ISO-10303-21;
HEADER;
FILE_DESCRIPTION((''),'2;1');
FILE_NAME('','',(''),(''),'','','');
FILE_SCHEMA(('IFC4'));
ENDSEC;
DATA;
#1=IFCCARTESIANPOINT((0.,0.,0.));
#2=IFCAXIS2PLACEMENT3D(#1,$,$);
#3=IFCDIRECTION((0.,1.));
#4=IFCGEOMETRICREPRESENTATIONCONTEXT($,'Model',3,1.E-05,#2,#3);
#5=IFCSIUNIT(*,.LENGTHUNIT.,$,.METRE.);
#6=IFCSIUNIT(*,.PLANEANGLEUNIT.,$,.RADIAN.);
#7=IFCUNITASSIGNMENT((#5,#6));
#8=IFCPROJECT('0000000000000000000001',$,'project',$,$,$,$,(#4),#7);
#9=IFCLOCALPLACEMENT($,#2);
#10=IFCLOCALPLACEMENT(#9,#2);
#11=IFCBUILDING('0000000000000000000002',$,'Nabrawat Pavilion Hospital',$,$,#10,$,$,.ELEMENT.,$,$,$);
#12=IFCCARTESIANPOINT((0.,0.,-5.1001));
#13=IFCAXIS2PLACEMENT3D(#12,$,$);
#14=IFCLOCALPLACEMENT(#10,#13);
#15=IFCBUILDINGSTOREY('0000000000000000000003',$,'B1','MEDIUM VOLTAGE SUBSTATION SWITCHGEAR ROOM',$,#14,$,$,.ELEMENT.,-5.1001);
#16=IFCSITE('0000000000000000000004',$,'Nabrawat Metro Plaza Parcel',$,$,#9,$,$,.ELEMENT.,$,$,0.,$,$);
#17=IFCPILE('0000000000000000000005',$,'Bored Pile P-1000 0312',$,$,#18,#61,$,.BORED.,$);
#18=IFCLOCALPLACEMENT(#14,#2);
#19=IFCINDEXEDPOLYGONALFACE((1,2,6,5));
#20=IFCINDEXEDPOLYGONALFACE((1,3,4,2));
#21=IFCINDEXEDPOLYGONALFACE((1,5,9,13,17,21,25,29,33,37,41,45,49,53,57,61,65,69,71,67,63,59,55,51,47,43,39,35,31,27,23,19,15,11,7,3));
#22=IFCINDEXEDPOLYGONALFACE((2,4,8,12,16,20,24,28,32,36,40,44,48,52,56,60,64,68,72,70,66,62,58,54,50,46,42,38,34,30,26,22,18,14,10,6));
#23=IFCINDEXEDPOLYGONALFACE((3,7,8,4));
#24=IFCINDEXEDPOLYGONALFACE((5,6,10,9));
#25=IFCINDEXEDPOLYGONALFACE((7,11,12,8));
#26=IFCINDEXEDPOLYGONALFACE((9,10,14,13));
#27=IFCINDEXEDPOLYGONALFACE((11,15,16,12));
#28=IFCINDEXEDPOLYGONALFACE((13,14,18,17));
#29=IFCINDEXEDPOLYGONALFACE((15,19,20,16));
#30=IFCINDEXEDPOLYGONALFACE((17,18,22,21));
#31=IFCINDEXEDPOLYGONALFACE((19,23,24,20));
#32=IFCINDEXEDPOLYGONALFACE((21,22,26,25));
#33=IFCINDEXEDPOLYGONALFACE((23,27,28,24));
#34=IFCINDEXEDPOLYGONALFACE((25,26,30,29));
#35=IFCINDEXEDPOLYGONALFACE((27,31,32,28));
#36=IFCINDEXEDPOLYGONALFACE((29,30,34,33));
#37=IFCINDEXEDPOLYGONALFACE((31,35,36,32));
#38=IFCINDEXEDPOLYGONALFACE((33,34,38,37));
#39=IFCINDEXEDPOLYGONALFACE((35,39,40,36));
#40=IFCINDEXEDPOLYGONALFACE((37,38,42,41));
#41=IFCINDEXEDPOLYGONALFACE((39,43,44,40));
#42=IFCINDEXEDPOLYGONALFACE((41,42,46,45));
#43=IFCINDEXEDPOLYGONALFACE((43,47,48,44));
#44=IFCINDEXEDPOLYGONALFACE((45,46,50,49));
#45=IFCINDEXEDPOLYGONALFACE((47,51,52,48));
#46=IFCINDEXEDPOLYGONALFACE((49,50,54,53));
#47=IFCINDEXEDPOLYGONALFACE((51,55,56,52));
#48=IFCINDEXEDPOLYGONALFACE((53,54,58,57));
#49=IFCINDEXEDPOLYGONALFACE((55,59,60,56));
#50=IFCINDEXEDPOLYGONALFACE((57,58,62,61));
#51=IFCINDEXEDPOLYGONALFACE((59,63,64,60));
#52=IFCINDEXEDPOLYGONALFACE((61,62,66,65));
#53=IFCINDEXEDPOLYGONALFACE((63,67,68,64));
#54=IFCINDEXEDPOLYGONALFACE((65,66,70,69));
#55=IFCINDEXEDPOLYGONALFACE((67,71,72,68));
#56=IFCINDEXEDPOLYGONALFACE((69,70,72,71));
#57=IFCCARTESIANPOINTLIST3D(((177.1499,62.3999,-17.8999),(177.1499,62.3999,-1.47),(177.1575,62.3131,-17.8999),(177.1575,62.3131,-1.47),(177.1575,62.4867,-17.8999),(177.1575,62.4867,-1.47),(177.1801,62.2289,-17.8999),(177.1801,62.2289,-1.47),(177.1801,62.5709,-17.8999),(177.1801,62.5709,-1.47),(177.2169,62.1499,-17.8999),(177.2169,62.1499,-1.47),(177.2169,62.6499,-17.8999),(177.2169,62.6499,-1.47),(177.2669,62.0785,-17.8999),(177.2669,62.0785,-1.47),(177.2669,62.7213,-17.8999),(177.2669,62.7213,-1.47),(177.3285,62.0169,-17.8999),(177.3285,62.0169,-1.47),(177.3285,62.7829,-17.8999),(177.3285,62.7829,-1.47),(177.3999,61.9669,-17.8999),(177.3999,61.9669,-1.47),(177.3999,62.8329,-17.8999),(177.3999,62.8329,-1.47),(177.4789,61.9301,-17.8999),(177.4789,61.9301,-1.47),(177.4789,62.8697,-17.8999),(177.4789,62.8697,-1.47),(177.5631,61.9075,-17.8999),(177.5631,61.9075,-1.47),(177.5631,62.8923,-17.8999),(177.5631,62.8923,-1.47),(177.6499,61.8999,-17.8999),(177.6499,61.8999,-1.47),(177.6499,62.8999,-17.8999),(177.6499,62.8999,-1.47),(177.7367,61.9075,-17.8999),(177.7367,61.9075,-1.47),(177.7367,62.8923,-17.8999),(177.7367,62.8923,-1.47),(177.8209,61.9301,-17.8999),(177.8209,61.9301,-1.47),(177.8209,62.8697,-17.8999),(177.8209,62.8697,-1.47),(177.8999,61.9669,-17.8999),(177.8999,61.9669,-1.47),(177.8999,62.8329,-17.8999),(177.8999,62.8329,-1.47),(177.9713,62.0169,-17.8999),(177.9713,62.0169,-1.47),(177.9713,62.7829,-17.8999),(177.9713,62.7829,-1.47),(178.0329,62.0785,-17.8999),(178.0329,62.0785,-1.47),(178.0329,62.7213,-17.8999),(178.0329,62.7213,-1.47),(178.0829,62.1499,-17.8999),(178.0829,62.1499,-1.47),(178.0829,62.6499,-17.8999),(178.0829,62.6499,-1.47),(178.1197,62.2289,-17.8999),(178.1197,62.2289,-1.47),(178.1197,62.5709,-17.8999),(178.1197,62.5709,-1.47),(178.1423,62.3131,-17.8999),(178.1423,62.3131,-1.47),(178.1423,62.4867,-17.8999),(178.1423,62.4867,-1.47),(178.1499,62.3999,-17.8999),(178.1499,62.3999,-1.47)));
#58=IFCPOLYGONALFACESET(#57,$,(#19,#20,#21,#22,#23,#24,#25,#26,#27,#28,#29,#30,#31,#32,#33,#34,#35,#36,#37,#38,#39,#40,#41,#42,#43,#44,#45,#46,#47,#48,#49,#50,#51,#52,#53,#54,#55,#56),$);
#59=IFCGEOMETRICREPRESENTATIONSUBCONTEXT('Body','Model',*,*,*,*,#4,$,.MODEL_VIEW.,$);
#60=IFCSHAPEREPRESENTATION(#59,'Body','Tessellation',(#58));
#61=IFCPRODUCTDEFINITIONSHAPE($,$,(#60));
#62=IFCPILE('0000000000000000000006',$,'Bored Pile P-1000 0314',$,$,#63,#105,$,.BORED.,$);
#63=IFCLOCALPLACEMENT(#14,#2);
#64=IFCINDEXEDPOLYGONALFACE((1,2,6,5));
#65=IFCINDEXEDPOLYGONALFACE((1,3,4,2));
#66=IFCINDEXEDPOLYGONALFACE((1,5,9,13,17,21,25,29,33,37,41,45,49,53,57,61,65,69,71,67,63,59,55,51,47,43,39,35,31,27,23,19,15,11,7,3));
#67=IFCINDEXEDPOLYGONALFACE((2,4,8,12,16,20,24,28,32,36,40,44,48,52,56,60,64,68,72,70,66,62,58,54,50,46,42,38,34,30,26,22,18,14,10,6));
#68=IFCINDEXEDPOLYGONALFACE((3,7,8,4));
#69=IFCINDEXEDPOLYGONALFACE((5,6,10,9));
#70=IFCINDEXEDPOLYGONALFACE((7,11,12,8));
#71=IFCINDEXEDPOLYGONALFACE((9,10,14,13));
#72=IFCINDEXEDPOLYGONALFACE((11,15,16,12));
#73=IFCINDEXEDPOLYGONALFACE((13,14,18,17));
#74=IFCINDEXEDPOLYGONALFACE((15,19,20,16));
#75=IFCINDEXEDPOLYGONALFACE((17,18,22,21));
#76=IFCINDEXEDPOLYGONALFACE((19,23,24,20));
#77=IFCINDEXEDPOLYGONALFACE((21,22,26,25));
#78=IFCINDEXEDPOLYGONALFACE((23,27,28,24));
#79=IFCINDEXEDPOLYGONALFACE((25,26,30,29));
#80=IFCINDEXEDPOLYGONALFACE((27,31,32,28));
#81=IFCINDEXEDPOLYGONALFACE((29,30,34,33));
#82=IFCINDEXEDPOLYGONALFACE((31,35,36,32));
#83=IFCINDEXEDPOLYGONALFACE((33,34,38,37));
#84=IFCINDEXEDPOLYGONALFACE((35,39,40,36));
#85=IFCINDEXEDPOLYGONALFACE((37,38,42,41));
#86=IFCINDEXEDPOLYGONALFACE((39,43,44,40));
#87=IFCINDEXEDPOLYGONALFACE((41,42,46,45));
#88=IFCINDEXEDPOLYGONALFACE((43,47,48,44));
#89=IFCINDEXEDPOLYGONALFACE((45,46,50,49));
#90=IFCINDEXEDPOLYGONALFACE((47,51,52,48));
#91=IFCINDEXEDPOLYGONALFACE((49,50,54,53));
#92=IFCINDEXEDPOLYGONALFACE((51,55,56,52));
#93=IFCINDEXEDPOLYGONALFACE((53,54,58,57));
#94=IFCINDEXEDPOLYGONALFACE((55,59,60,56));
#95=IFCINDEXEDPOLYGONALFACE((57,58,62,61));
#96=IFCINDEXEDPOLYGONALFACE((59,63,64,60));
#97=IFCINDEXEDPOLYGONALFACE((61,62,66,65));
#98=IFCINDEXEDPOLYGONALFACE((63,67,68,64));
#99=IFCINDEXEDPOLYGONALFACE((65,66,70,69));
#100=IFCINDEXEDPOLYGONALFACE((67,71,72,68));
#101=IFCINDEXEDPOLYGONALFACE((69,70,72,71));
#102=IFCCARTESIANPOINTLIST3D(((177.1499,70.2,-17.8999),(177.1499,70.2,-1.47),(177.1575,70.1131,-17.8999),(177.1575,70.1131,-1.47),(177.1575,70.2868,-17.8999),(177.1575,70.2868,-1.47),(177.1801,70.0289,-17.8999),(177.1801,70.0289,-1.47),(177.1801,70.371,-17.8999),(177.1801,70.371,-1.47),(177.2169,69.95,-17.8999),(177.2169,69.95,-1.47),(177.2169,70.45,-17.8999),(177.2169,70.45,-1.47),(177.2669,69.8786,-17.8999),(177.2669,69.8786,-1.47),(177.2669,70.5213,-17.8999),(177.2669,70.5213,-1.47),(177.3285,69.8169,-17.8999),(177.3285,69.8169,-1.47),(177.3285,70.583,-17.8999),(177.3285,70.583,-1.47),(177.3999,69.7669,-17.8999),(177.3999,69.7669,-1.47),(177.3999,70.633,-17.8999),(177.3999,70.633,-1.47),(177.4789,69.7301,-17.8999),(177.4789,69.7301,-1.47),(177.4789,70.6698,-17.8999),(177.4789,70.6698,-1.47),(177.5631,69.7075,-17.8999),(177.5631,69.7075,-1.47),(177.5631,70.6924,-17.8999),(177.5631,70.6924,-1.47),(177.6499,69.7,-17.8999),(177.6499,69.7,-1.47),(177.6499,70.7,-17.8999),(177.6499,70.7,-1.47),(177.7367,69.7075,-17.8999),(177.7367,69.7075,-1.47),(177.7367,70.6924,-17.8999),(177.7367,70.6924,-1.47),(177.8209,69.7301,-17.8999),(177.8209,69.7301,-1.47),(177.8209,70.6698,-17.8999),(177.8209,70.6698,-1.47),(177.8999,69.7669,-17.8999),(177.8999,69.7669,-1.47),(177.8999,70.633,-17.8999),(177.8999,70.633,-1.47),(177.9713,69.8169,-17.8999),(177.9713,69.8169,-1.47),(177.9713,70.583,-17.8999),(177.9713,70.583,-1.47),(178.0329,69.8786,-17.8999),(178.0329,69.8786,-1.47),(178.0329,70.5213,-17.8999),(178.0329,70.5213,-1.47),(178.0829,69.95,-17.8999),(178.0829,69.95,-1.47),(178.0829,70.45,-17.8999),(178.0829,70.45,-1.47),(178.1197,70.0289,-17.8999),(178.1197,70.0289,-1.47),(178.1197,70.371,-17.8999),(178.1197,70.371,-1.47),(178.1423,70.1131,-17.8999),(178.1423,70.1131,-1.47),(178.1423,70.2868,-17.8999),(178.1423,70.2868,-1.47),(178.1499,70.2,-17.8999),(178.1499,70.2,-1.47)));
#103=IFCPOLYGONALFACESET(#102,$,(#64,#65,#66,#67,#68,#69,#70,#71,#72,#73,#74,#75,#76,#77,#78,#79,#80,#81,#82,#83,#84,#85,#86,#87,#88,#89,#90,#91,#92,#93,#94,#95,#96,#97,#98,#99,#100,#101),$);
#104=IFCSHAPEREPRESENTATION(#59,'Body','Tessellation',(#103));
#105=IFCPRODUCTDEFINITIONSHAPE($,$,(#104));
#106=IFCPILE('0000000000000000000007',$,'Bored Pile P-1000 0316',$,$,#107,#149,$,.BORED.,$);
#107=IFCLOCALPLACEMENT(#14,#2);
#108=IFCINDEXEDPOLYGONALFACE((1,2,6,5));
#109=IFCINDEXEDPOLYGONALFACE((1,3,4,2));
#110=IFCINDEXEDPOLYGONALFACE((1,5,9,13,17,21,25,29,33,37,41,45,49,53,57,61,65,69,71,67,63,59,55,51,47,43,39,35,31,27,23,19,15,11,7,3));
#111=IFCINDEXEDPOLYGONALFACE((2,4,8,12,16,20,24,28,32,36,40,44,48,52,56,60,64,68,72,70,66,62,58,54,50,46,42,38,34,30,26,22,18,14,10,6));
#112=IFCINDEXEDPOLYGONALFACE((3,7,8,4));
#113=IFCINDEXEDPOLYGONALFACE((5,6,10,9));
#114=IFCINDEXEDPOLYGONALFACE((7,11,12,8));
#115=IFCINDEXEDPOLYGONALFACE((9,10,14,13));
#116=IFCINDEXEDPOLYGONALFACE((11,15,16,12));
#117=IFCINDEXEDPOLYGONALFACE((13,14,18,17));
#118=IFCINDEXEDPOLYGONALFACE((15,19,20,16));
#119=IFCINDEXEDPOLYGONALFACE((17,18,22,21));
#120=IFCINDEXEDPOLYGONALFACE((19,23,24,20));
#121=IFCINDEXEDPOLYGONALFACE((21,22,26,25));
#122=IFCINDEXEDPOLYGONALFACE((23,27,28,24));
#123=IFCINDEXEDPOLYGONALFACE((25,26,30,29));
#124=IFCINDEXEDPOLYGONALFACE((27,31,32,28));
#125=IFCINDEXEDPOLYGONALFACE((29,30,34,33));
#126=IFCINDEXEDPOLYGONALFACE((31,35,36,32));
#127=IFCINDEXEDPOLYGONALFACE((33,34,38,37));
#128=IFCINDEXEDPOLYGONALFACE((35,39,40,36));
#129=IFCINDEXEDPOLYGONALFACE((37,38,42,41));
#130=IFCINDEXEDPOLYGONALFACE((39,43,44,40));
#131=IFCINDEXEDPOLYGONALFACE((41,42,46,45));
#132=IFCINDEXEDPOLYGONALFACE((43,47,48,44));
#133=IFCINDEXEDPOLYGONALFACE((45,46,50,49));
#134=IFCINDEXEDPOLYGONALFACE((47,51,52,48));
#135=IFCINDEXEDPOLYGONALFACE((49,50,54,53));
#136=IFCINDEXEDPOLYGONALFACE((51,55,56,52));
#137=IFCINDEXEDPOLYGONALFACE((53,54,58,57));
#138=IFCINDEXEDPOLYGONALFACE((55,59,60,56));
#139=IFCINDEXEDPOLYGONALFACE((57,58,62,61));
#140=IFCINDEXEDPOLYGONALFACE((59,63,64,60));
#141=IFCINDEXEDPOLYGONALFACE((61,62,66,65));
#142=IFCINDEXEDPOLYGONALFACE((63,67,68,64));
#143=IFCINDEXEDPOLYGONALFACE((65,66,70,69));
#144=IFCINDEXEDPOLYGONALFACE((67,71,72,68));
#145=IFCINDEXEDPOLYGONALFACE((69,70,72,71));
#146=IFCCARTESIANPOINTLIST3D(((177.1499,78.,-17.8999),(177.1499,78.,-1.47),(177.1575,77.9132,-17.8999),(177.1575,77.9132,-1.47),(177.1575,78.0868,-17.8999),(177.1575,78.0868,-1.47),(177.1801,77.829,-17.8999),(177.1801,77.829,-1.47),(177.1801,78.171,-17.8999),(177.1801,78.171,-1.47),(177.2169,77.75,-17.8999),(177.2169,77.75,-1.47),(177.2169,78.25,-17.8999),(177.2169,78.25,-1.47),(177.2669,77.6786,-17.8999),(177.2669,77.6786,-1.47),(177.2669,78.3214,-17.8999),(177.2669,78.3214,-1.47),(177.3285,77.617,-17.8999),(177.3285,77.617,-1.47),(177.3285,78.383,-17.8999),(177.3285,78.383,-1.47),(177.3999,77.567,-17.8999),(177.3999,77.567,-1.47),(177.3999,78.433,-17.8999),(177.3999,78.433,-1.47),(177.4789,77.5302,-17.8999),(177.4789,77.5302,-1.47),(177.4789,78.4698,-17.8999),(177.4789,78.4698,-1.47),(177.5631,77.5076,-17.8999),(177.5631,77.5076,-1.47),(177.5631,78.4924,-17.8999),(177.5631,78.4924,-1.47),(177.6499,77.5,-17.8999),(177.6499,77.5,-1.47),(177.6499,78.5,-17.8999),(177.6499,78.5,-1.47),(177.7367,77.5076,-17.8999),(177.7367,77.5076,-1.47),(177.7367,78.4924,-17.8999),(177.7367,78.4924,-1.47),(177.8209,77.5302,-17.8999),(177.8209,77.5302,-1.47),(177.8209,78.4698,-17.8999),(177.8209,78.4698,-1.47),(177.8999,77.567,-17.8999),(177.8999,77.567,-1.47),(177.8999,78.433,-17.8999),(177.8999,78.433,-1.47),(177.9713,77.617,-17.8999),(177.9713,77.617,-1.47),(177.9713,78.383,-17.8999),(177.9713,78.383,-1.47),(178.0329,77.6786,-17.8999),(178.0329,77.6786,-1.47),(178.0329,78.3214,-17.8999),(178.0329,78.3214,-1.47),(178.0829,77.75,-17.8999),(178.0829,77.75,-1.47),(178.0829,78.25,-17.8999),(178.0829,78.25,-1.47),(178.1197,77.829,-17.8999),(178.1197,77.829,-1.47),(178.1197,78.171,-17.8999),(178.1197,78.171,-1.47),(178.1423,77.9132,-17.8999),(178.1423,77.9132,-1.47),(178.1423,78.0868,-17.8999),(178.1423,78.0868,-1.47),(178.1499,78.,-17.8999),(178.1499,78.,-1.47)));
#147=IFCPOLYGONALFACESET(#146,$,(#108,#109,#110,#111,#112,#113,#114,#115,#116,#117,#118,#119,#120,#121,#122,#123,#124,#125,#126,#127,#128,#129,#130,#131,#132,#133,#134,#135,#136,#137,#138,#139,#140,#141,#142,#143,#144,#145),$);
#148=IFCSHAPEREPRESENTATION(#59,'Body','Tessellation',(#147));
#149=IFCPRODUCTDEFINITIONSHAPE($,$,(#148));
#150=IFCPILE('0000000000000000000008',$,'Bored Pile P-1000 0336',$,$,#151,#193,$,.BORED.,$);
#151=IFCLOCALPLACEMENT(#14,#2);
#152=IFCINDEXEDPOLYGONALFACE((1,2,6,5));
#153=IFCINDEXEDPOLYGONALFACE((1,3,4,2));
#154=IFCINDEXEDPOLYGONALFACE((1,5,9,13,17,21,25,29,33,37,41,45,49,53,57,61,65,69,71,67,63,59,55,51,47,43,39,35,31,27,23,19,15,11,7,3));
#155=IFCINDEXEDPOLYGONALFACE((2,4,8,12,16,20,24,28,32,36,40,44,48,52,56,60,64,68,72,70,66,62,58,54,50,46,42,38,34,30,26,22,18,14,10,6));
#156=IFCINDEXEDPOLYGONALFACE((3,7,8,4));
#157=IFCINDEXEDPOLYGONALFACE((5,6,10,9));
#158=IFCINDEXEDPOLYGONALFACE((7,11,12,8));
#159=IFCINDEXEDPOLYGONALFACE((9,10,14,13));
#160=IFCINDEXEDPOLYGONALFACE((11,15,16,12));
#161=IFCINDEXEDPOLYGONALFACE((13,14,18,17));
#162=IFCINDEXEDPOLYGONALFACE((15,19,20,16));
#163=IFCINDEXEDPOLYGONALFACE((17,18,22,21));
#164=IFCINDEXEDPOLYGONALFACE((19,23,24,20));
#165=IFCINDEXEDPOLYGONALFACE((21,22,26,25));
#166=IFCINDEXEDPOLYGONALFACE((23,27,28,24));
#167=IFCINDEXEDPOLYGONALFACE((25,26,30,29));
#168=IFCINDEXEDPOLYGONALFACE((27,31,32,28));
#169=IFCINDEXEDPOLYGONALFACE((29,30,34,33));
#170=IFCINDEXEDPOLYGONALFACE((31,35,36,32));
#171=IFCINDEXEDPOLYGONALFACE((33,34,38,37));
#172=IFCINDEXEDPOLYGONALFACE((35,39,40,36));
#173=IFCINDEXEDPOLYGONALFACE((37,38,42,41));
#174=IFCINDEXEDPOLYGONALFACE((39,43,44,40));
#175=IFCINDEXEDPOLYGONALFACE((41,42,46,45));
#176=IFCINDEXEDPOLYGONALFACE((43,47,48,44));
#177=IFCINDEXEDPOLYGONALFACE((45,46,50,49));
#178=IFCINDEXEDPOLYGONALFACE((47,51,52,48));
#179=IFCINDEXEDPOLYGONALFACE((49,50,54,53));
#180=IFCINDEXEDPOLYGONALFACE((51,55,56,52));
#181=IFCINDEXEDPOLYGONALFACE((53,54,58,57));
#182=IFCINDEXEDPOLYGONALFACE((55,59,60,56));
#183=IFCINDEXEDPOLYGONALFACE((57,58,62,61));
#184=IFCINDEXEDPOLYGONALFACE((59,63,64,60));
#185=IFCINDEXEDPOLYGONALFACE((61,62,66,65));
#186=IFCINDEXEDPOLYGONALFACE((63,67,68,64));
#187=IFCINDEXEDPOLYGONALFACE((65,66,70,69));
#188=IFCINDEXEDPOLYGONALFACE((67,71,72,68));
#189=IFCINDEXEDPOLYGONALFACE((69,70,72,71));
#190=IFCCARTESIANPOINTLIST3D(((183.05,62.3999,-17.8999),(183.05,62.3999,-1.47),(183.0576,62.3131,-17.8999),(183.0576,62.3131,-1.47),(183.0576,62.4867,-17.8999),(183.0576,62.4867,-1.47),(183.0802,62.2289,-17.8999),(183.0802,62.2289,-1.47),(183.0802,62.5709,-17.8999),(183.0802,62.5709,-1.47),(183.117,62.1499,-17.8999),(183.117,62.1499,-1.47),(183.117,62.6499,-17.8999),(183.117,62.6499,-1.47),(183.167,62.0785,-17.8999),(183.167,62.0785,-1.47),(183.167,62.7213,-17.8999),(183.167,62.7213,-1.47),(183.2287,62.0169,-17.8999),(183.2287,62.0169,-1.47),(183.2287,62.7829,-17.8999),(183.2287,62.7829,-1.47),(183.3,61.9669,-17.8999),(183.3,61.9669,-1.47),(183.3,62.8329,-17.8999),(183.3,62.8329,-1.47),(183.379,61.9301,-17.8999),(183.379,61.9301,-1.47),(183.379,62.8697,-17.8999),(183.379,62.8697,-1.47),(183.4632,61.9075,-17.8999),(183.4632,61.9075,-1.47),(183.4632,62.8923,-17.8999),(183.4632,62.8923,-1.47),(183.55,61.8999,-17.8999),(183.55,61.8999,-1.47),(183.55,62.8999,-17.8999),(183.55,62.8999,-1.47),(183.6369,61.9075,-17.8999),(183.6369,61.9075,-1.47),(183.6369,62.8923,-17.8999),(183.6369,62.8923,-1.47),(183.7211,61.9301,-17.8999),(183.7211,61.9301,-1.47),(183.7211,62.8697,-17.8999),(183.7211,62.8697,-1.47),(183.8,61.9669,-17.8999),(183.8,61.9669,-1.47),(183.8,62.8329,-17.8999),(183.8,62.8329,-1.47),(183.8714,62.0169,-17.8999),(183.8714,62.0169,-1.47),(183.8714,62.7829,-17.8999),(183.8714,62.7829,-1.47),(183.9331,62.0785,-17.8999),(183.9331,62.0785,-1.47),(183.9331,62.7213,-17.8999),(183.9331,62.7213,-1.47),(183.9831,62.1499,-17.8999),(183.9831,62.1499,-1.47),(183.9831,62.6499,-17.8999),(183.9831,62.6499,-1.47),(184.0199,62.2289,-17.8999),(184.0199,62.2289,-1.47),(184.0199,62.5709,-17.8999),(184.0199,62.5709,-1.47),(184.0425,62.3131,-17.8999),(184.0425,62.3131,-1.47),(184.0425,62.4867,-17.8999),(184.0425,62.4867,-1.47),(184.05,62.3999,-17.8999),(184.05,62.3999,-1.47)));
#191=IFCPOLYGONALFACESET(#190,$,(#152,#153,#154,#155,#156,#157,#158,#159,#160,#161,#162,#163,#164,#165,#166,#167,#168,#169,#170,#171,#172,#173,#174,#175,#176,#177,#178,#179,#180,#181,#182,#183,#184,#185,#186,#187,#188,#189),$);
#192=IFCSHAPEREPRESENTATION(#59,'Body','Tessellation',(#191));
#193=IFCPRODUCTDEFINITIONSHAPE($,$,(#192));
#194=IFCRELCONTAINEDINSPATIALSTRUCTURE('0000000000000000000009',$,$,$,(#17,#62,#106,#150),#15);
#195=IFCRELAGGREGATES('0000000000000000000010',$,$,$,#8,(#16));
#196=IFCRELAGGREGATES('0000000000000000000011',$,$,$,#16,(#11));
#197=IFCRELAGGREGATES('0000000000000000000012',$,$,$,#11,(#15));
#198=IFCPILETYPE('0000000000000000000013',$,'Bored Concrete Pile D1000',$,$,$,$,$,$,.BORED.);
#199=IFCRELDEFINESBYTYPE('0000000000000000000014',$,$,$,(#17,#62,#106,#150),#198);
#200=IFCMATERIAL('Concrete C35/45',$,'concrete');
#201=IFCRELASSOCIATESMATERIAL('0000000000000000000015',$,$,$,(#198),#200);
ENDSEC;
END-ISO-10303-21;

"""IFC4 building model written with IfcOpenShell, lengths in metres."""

from ifc_helpers import new_model, si_unit, direction, frame, origin, origin_2d, place, context, subcontext, project, spatial, circle, extrude, material, material_profile, profile_set, type_object, element, save


model = new_model("IFC4")

# Units and contexts
model_context = context("Model", 3, precision=1e-05, world=origin(), true_north=direction((0.0, 1.0)))
body_context = subcontext(model_context, "Body", "Model", "MODEL_VIEW")
ifc_project = project(units=[si_unit("LENGTHUNIT", "METRE"), si_unit("PLANEANGLEUNIT", "RADIAN")], contexts=[model_context])

# Site, building, storey
site_placement = place(None, origin())
site = spatial("IfcSite", under=ifc_project, at=site_placement, Name="Nabrawat Metro Plaza Parcel", CompositionType="ELEMENT", RefElevation=0.0)
building_placement = place(site_placement, origin())
building = spatial("IfcBuilding", under=site, at=building_placement, Name="Nabrawat Pavilion Hospital", CompositionType="ELEMENT")
storey_placement = place(building_placement, frame((0.0, 0.0, -5.1001)))
storey = spatial("IfcBuildingStorey", under=building, at=storey_placement, Name="B1", Description="MEDIUM VOLTAGE SUBSTATION SWITCHGEAR ROOM", CompositionType="ELEMENT", Elevation=-5.1001)

# Piles
ifc_material_1 = material(Name="Concrete C35/45", Category="concrete")
ifc_material_profile_1 = material_profile(ifc_material_1, circle(Radius=0.5, at=origin_2d()), Name="DIA 1000")
ifc_profile_set_1 = profile_set([ifc_material_profile_1], Name="Concrete C35/45")
pile_type = type_object("IfcPileType", Name="Bored Concrete Pile D1000", PredefinedType="BORED", material=ifc_profile_set_1)
for number, where, z_axis, x_axis, name in (
    (1, (177.6499, 62.3999, -1.47), (0.0, 0.0, -1.0), (1.0, 0.0, 0.0), "Bored Pile P-1000 0312"),
    (2, (177.6499, 70.2, -1.47), (0.0, 0.0, -1.0), (1.0, 0.0, 0.0), "Bored Pile P-1000 0314"),
    (3, (177.6499, 78.0, -1.47), (0.0, 0.0, -1.0), (1.0, 0.0, 0.0), "Bored Pile P-1000 0316"),
    (4, (183.55, 62.3999, -1.47), (0.0, 0.0, -1.0), (1.0, 0.0, 0.0), "Bored Pile P-1000 0336"),
):
    element("IfcPile", number, at=place(storey_placement, frame(where, z_axis=z_axis, x_axis=x_axis)), inside=storey, type_object=pile_type, Name=name, PredefinedType="BORED", context=body_context, shape_type="SweptSolid", body=[
        extrude(circle(Radius=0.5, at=origin_2d()), origin(), (0.0, 0.0, 1.0), 16.4299),
    ])

save(model, "model.ifc")
